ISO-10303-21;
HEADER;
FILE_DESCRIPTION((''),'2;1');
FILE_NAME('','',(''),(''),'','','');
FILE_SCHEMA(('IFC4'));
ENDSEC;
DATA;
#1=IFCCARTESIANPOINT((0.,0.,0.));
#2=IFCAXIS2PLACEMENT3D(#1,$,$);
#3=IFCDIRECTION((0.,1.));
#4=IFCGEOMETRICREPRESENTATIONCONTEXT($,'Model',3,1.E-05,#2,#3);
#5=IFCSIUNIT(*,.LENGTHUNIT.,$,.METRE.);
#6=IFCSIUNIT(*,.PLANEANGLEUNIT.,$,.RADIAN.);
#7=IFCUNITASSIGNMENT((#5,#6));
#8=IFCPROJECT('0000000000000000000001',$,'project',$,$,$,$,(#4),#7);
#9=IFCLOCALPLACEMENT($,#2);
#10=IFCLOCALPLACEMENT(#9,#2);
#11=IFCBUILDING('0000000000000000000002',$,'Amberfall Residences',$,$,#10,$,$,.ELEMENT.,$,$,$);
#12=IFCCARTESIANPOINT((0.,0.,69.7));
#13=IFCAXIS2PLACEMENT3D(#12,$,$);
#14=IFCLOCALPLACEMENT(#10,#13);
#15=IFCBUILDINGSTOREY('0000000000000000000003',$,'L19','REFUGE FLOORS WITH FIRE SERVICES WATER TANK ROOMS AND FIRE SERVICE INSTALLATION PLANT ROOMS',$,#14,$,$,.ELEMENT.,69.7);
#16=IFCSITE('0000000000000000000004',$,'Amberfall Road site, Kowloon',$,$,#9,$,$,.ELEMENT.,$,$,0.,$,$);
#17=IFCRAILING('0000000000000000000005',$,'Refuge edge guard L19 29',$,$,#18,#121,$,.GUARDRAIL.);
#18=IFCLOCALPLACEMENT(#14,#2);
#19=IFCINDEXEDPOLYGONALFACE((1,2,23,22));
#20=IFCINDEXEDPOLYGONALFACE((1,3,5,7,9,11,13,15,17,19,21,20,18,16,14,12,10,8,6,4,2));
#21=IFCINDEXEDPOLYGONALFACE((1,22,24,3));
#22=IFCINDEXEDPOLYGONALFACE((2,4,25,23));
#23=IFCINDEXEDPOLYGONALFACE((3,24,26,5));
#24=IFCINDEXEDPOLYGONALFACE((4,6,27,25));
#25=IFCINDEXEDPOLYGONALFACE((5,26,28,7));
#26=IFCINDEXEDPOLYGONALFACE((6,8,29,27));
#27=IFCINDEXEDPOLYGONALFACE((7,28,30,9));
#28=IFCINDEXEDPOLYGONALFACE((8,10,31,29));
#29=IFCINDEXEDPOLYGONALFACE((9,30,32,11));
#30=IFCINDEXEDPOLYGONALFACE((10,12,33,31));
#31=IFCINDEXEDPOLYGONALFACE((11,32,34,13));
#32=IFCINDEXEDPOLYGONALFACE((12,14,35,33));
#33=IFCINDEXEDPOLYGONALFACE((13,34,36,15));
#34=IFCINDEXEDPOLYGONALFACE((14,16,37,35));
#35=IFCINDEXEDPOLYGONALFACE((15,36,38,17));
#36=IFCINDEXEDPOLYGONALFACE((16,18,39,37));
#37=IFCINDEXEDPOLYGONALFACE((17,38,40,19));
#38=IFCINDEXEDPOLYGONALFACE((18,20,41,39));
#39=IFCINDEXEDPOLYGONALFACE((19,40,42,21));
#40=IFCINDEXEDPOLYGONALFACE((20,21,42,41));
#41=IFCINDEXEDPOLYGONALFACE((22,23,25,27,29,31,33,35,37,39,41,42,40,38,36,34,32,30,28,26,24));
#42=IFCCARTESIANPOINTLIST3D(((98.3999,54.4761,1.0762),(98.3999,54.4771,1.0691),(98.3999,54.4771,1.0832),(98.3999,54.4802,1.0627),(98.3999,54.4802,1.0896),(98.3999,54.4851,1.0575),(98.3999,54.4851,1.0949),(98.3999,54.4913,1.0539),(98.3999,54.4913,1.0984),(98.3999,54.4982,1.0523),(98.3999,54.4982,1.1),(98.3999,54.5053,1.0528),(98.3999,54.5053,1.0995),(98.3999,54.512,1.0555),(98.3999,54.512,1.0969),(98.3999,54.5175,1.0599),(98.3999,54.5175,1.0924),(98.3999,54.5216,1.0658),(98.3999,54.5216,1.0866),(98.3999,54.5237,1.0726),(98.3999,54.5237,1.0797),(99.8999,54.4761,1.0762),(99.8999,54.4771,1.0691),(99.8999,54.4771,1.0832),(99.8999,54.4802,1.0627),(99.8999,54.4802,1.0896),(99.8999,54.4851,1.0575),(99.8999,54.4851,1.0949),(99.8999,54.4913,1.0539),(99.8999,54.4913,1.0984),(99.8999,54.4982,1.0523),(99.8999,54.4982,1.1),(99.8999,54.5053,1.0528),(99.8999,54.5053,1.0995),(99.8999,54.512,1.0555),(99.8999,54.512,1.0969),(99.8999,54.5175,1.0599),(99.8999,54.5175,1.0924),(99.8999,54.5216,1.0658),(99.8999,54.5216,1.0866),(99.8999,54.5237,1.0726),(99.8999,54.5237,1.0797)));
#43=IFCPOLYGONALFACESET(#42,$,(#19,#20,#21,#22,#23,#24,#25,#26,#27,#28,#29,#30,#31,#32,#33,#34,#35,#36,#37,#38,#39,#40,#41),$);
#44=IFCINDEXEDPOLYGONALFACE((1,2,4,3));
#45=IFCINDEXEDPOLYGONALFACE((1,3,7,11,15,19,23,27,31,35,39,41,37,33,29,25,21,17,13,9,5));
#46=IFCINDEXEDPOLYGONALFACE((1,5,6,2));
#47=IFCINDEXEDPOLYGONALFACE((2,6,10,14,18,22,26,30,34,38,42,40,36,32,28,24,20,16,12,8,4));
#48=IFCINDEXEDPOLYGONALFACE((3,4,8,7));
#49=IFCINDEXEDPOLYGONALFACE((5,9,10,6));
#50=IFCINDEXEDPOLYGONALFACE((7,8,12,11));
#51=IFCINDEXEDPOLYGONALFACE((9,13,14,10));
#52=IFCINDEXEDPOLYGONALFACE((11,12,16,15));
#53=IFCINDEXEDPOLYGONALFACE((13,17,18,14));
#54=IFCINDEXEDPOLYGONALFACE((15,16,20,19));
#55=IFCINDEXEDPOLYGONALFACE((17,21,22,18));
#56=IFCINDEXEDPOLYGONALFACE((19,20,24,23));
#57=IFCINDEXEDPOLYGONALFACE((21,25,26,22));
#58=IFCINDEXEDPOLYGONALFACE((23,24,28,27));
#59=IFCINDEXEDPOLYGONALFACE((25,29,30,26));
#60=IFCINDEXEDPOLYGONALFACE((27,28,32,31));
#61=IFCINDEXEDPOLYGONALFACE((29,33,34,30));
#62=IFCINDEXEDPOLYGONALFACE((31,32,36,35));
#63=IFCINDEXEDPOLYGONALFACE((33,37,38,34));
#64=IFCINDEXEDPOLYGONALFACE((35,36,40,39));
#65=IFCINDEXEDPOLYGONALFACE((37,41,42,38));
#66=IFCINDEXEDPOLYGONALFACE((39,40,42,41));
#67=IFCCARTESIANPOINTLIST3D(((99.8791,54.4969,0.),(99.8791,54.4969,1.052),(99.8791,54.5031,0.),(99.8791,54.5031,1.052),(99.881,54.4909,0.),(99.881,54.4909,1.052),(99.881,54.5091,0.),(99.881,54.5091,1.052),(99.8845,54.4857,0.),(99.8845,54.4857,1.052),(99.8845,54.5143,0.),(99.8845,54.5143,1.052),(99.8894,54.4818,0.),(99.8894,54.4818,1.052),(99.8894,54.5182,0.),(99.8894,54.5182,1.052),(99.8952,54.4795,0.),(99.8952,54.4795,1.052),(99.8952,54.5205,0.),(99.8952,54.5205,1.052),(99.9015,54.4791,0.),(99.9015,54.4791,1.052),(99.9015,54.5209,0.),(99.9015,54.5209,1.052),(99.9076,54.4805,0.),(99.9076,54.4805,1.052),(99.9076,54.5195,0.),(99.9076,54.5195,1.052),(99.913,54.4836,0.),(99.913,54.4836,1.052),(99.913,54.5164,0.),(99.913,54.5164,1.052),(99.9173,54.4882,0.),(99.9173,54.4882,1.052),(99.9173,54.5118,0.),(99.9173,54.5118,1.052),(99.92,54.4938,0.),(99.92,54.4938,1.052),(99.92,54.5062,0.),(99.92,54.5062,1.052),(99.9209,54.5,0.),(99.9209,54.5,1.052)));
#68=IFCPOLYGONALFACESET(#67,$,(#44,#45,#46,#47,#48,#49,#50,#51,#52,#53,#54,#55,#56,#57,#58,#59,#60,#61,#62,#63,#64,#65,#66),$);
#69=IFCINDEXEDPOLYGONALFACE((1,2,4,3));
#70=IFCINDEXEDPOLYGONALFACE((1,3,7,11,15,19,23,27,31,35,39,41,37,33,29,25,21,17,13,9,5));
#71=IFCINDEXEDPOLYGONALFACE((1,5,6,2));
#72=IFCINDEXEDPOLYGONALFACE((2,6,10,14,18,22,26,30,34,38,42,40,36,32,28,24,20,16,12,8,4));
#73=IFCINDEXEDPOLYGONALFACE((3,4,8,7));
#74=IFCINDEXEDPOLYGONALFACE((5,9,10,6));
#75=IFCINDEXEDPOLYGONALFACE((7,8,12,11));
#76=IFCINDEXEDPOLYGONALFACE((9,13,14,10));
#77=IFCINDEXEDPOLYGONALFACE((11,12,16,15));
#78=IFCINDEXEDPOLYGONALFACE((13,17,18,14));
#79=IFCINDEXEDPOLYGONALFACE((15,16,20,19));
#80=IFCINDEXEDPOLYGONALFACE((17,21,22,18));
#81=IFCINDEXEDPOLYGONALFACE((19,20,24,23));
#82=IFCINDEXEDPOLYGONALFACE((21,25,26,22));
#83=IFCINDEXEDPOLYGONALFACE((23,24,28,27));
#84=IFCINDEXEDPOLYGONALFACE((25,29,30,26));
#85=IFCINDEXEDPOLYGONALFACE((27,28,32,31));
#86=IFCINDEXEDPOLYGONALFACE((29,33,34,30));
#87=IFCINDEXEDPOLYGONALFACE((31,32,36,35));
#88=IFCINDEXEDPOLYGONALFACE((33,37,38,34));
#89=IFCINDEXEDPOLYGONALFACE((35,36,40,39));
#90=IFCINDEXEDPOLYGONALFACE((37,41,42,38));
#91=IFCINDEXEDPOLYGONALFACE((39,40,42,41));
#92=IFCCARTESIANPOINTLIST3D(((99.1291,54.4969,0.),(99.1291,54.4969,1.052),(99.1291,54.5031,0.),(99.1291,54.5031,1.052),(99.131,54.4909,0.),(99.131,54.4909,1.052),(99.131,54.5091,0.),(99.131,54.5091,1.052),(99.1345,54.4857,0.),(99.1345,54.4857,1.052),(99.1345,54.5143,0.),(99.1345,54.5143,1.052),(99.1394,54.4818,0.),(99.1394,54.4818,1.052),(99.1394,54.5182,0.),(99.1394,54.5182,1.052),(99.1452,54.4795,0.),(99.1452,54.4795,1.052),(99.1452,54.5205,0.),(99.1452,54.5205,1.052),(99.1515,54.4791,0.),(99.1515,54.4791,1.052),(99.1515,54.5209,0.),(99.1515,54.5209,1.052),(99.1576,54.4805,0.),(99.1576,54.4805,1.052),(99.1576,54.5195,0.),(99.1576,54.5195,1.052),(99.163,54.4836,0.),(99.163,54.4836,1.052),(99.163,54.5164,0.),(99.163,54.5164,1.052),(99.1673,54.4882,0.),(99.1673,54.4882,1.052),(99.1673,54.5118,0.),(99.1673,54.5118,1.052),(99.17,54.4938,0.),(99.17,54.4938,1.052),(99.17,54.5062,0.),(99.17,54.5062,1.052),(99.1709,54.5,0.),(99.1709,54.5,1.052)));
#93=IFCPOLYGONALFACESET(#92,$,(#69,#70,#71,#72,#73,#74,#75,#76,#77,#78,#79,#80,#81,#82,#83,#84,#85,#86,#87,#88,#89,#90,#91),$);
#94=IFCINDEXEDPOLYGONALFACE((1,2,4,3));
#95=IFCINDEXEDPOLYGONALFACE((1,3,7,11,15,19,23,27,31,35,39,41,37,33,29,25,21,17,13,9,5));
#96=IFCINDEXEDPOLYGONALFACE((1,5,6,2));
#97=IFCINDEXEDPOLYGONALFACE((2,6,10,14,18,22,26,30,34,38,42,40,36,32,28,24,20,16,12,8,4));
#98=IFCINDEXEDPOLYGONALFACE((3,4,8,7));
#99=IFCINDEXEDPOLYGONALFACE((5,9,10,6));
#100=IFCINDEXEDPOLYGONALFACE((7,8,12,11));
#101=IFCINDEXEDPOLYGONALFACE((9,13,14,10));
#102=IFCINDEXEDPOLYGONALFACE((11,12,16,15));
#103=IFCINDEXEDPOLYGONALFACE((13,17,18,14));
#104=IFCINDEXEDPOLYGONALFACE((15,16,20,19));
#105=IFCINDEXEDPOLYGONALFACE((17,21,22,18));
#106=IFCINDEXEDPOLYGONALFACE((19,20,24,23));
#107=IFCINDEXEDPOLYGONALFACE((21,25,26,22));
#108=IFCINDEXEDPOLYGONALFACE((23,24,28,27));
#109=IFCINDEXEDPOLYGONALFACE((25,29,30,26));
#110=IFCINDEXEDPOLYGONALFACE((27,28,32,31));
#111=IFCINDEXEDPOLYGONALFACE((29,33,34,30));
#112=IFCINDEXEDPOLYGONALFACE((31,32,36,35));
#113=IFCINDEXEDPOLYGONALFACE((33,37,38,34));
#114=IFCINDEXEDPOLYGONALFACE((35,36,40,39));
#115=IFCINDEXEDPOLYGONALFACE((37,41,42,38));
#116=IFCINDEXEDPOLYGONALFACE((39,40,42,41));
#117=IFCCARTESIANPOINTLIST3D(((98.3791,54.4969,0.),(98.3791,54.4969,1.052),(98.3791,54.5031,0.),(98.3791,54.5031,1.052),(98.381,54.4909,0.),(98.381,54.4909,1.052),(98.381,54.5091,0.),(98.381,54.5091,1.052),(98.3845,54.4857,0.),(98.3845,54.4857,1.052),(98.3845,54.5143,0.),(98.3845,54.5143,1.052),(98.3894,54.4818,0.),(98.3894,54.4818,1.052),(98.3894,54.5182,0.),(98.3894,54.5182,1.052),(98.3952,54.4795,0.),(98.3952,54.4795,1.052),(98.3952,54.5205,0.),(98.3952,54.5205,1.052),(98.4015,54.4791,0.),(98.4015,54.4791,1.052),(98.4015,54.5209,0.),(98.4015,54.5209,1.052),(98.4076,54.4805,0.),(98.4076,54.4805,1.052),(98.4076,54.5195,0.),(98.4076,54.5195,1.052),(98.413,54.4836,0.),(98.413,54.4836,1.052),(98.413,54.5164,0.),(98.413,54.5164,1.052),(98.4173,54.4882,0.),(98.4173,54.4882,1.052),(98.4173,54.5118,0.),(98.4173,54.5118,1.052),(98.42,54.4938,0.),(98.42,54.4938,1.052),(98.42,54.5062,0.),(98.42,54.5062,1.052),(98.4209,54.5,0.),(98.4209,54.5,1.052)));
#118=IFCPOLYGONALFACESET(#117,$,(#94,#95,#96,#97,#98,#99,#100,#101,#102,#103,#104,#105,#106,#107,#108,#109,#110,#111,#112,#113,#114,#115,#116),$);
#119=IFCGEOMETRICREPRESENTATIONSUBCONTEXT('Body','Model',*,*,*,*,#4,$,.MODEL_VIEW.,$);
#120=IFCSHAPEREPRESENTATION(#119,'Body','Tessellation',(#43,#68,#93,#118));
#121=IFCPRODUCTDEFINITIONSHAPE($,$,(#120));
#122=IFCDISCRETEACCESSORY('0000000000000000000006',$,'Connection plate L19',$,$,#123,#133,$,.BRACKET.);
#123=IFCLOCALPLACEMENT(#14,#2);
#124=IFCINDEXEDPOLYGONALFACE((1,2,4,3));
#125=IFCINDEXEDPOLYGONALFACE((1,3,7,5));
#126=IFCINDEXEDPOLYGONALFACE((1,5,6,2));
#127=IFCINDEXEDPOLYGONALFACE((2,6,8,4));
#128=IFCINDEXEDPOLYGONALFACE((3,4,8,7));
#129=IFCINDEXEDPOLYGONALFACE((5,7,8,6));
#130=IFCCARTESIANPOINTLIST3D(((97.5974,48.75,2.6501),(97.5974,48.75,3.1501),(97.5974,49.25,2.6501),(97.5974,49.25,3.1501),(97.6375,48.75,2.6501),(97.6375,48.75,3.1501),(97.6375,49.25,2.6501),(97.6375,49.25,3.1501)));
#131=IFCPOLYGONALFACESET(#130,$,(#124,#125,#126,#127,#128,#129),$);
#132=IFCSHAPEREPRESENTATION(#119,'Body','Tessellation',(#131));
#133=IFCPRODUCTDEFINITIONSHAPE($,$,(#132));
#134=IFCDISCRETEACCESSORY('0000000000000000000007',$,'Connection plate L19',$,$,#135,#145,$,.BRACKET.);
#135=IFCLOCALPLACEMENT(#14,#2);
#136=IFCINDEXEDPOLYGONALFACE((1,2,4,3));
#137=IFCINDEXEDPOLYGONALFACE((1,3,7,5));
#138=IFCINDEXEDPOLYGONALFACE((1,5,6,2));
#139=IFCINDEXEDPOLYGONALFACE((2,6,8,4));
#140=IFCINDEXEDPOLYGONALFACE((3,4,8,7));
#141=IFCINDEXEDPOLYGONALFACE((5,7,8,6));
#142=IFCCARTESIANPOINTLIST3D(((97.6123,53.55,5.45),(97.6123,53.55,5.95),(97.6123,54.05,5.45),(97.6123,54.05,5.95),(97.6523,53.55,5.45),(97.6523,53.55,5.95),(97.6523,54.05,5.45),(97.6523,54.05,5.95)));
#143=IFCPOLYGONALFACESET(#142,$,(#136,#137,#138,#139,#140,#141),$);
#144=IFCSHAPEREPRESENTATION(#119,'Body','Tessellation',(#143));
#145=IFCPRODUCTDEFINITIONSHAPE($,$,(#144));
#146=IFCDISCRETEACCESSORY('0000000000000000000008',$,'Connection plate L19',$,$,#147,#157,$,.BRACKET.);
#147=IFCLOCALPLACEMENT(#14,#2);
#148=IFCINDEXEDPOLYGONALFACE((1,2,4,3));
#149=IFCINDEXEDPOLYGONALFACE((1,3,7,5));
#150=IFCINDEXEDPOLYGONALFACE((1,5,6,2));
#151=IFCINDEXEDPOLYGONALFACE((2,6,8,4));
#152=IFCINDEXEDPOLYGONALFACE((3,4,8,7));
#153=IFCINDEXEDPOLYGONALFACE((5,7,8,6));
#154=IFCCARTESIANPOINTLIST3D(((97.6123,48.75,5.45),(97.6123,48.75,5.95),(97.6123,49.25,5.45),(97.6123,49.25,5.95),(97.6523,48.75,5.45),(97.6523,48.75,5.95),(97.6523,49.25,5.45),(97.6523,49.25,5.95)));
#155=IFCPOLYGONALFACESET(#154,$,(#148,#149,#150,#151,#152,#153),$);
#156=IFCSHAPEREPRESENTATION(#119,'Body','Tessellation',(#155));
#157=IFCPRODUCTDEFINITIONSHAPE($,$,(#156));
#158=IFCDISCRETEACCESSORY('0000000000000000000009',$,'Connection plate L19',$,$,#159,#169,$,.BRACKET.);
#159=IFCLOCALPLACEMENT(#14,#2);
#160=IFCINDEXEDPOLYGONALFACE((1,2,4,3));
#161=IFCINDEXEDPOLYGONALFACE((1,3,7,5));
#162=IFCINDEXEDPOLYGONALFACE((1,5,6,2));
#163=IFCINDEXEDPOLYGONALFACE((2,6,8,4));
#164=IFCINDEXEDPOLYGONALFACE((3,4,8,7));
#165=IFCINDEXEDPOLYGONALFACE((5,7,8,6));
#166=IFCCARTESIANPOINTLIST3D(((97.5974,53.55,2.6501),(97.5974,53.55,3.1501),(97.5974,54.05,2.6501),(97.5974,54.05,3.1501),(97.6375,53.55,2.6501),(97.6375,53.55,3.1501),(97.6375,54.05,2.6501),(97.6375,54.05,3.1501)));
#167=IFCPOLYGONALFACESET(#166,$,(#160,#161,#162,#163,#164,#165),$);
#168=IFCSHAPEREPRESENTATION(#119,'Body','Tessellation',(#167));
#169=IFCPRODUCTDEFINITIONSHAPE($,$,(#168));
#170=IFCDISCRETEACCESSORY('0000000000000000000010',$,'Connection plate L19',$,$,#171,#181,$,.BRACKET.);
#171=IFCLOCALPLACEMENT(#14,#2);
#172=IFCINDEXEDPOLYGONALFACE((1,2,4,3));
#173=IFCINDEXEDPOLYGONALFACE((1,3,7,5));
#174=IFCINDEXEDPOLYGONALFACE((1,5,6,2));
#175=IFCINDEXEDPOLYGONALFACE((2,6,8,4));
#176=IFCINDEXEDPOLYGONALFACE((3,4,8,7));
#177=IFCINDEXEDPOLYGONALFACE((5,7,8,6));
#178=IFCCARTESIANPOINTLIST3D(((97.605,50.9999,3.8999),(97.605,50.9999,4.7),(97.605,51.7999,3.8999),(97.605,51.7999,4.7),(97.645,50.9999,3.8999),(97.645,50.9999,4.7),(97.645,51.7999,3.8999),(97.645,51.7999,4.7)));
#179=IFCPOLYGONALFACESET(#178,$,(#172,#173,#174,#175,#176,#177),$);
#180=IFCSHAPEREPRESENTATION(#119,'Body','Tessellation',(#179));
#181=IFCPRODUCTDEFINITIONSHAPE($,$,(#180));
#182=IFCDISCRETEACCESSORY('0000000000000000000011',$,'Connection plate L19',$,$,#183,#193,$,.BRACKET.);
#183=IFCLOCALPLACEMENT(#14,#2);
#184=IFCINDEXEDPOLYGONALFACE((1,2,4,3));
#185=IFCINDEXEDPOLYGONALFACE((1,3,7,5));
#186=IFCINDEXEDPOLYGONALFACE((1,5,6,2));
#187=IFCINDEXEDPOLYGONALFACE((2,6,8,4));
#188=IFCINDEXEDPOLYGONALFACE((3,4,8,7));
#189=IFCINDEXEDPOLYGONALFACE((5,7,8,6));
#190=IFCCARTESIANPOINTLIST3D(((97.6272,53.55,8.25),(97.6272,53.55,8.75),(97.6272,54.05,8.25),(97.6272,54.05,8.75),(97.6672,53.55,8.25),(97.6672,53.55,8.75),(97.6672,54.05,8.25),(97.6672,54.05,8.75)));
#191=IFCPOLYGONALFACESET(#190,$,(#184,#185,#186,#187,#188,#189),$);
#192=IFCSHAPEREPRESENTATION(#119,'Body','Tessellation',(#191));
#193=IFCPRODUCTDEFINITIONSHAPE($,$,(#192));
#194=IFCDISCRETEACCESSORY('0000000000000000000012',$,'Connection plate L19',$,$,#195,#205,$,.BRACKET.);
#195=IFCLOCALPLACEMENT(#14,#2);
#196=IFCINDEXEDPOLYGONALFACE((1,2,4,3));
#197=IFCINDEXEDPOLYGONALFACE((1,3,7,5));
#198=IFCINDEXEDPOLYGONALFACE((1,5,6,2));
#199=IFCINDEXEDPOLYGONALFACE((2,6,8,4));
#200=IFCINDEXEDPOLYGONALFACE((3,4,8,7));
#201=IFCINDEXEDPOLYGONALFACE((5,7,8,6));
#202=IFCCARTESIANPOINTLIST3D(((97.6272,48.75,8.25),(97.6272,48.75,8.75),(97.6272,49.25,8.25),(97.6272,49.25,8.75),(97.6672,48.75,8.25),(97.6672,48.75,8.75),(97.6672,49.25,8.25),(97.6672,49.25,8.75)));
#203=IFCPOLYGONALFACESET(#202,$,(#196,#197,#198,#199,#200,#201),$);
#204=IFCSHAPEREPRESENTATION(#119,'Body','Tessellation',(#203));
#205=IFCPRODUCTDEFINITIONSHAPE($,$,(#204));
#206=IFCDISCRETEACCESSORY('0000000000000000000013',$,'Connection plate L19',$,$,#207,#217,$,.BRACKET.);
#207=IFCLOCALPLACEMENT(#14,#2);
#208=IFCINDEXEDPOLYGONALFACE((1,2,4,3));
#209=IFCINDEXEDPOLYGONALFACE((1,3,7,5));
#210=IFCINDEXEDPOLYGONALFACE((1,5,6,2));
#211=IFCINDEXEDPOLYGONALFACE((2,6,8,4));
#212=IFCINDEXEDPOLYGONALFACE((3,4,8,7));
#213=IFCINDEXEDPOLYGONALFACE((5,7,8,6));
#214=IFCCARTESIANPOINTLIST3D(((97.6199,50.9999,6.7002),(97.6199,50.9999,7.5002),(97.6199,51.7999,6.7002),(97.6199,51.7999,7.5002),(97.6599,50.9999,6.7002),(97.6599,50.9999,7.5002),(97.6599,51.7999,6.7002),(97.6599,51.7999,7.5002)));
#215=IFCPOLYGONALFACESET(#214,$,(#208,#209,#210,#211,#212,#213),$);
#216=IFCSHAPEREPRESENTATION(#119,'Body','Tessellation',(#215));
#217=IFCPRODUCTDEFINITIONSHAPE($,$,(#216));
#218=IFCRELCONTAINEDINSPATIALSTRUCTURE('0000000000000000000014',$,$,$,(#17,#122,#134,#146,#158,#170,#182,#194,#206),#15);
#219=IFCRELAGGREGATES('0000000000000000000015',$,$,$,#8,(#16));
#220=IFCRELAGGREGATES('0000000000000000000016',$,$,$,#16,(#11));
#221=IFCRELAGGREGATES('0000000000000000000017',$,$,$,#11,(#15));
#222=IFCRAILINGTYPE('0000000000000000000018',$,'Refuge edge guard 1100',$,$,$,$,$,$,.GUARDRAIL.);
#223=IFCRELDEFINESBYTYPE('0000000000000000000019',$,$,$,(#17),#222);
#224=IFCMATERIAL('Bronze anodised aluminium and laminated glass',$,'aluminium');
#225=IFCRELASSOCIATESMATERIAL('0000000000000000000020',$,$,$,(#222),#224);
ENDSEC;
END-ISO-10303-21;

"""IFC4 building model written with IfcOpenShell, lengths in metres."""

from ifc_helpers import new_model, si_unit, direction, frame, origin, origin_2d, place, context, subcontext, project, spatial, rectangle, circle, extrude, material, type_object, element, save


model = new_model("IFC4")

# Units and contexts
model_context = context("Model", 3, precision=1e-05, world=origin(), true_north=direction((0.0, 1.0)))
body_context = subcontext(model_context, "Body", "Model", "MODEL_VIEW")
ifc_project = project(units=[si_unit("LENGTHUNIT", "METRE"), si_unit("PLANEANGLEUNIT", "RADIAN")], contexts=[model_context])

# Site, building, storey
site_placement = place(None, origin())
site = spatial("IfcSite", under=ifc_project, at=site_placement, Name="Amberfall Road site, Kowloon", CompositionType="ELEMENT", RefElevation=0.0)
building_placement = place(site_placement, origin())
building = spatial("IfcBuilding", under=site, at=building_placement, Name="Amberfall Residences", CompositionType="ELEMENT")
storey_placement = place(building_placement, frame((0.0, 0.0, 69.7)))
storey = spatial("IfcBuildingStorey", under=building, at=storey_placement, Name="L19", Description="REFUGE FLOORS WITH FIRE SERVICES WATER TANK ROOMS AND FIRE SERVICE INSTALLATION PLANT ROOMS", CompositionType="ELEMENT", Elevation=69.7)

# Railing
ifc_material_1 = material(Name="Bronze anodised aluminium and laminated glass", Category="aluminium")
railing_type = type_object("IfcRailingType", Name="Refuge edge guard 1100", PredefinedType="GUARDRAIL", material=ifc_material_1)
railing_1_placement = place(storey_placement, frame((99.8999, 54.5, 0.0)))
element("IfcRailing", 1, at=railing_1_placement, inside=storey, type_object=railing_type, Name="Refuge edge guard L19 29", PredefinedType="GUARDRAIL", context=body_context, shape_type="SweptSolid", body=[
    extrude(circle(Radius=0.0239, at=origin_2d()), frame((0.0, 0.0, 1.0762), z_axis=(-1.0, 0.0, 0.0), x_axis=(0.0, -1.0, 0.0)), (0.0, 0.0, 1.0), 1.5),
    extrude(circle(Radius=0.021, at=origin_2d()), origin(), (0.0, 0.0, 1.0), 1.052),
    extrude(circle(Radius=0.021, at=origin_2d()), frame((-0.75, 0.0, 0.0)), (0.0, 0.0, 1.0), 1.052),
    extrude(circle(Radius=0.021, at=origin_2d()), frame((-1.5, 0.0, 0.0)), (0.0, 0.0, 1.0), 1.052),
])

# Discrete accessories
for number, where, z_axis, x_axis, name in (
    (2, (97.6174, 49.0, 2.6501), (0.0, 0.0, 1.0), (0.0, 1.0, 0.0), "Connection plate L19"),
    (3, (97.6323, 53.8, 5.45), (0.0, 0.0, 1.0), (0.0, 1.0, 0.0), "Connection plate L19"),
    (4, (97.6323, 49.0, 5.45), (0.0, 0.0, 1.0), (0.0, 1.0, 0.0), "Connection plate L19"),
    (5, (97.6174, 53.8, 2.6501), (0.0, 0.0, 1.0), (0.0, 1.0, 0.0), "Connection plate L19"),
):
    element("IfcDiscreteAccessory", number, at=place(storey_placement, frame(where, z_axis=z_axis, x_axis=x_axis)), inside=storey, Name=name, PredefinedType="BRACKET", context=body_context, shape_type="SweptSolid", body=[
        extrude(rectangle(XDim=0.5, YDim=0.04, at=origin_2d()), origin(), (0.0, 0.0, 1.0), 0.5),
    ])
discrete_accessory_1_placement = place(storey_placement, frame((97.625, 51.3999, 3.8999), z_axis=(0.0, 0.0, 1.0), x_axis=(0.0, 1.0, 0.0)))
element("IfcDiscreteAccessory", 6, at=discrete_accessory_1_placement, inside=storey, Name="Connection plate L19", PredefinedType="BRACKET", context=body_context, shape_type="SweptSolid", body=[
    extrude(rectangle(XDim=0.8, YDim=0.04, at=origin_2d()), origin(), (0.0, 0.0, 1.0), 0.8),
])
for number, where, z_axis, x_axis, name in (
    (7, (97.6472, 53.8, 8.25), (0.0, 0.0, 1.0), (0.0, 1.0, 0.0), "Connection plate L19"),
    (8, (97.6472, 49.0, 8.25), (0.0, 0.0, 1.0), (0.0, 1.0, 0.0), "Connection plate L19"),
):
    element("IfcDiscreteAccessory", number, at=place(storey_placement, frame(where, z_axis=z_axis, x_axis=x_axis)), inside=storey, Name=name, PredefinedType="BRACKET", context=body_context, shape_type="SweptSolid", body=[
        extrude(rectangle(XDim=0.5, YDim=0.04, at=origin_2d()), origin(), (0.0, 0.0, 1.0), 0.5),
    ])
discrete_accessory_2_placement = place(storey_placement, frame((97.6399, 51.3999, 6.7002), z_axis=(0.0, 0.0, 1.0), x_axis=(0.0, 1.0, 0.0)))
element("IfcDiscreteAccessory", 9, at=discrete_accessory_2_placement, inside=storey, Name="Connection plate L19", PredefinedType="BRACKET", context=body_context, shape_type="SweptSolid", body=[
    extrude(rectangle(XDim=0.8, YDim=0.04, at=origin_2d()), origin(), (0.0, 0.0, 1.0), 0.8),
])

save(model, "model.ifc")
